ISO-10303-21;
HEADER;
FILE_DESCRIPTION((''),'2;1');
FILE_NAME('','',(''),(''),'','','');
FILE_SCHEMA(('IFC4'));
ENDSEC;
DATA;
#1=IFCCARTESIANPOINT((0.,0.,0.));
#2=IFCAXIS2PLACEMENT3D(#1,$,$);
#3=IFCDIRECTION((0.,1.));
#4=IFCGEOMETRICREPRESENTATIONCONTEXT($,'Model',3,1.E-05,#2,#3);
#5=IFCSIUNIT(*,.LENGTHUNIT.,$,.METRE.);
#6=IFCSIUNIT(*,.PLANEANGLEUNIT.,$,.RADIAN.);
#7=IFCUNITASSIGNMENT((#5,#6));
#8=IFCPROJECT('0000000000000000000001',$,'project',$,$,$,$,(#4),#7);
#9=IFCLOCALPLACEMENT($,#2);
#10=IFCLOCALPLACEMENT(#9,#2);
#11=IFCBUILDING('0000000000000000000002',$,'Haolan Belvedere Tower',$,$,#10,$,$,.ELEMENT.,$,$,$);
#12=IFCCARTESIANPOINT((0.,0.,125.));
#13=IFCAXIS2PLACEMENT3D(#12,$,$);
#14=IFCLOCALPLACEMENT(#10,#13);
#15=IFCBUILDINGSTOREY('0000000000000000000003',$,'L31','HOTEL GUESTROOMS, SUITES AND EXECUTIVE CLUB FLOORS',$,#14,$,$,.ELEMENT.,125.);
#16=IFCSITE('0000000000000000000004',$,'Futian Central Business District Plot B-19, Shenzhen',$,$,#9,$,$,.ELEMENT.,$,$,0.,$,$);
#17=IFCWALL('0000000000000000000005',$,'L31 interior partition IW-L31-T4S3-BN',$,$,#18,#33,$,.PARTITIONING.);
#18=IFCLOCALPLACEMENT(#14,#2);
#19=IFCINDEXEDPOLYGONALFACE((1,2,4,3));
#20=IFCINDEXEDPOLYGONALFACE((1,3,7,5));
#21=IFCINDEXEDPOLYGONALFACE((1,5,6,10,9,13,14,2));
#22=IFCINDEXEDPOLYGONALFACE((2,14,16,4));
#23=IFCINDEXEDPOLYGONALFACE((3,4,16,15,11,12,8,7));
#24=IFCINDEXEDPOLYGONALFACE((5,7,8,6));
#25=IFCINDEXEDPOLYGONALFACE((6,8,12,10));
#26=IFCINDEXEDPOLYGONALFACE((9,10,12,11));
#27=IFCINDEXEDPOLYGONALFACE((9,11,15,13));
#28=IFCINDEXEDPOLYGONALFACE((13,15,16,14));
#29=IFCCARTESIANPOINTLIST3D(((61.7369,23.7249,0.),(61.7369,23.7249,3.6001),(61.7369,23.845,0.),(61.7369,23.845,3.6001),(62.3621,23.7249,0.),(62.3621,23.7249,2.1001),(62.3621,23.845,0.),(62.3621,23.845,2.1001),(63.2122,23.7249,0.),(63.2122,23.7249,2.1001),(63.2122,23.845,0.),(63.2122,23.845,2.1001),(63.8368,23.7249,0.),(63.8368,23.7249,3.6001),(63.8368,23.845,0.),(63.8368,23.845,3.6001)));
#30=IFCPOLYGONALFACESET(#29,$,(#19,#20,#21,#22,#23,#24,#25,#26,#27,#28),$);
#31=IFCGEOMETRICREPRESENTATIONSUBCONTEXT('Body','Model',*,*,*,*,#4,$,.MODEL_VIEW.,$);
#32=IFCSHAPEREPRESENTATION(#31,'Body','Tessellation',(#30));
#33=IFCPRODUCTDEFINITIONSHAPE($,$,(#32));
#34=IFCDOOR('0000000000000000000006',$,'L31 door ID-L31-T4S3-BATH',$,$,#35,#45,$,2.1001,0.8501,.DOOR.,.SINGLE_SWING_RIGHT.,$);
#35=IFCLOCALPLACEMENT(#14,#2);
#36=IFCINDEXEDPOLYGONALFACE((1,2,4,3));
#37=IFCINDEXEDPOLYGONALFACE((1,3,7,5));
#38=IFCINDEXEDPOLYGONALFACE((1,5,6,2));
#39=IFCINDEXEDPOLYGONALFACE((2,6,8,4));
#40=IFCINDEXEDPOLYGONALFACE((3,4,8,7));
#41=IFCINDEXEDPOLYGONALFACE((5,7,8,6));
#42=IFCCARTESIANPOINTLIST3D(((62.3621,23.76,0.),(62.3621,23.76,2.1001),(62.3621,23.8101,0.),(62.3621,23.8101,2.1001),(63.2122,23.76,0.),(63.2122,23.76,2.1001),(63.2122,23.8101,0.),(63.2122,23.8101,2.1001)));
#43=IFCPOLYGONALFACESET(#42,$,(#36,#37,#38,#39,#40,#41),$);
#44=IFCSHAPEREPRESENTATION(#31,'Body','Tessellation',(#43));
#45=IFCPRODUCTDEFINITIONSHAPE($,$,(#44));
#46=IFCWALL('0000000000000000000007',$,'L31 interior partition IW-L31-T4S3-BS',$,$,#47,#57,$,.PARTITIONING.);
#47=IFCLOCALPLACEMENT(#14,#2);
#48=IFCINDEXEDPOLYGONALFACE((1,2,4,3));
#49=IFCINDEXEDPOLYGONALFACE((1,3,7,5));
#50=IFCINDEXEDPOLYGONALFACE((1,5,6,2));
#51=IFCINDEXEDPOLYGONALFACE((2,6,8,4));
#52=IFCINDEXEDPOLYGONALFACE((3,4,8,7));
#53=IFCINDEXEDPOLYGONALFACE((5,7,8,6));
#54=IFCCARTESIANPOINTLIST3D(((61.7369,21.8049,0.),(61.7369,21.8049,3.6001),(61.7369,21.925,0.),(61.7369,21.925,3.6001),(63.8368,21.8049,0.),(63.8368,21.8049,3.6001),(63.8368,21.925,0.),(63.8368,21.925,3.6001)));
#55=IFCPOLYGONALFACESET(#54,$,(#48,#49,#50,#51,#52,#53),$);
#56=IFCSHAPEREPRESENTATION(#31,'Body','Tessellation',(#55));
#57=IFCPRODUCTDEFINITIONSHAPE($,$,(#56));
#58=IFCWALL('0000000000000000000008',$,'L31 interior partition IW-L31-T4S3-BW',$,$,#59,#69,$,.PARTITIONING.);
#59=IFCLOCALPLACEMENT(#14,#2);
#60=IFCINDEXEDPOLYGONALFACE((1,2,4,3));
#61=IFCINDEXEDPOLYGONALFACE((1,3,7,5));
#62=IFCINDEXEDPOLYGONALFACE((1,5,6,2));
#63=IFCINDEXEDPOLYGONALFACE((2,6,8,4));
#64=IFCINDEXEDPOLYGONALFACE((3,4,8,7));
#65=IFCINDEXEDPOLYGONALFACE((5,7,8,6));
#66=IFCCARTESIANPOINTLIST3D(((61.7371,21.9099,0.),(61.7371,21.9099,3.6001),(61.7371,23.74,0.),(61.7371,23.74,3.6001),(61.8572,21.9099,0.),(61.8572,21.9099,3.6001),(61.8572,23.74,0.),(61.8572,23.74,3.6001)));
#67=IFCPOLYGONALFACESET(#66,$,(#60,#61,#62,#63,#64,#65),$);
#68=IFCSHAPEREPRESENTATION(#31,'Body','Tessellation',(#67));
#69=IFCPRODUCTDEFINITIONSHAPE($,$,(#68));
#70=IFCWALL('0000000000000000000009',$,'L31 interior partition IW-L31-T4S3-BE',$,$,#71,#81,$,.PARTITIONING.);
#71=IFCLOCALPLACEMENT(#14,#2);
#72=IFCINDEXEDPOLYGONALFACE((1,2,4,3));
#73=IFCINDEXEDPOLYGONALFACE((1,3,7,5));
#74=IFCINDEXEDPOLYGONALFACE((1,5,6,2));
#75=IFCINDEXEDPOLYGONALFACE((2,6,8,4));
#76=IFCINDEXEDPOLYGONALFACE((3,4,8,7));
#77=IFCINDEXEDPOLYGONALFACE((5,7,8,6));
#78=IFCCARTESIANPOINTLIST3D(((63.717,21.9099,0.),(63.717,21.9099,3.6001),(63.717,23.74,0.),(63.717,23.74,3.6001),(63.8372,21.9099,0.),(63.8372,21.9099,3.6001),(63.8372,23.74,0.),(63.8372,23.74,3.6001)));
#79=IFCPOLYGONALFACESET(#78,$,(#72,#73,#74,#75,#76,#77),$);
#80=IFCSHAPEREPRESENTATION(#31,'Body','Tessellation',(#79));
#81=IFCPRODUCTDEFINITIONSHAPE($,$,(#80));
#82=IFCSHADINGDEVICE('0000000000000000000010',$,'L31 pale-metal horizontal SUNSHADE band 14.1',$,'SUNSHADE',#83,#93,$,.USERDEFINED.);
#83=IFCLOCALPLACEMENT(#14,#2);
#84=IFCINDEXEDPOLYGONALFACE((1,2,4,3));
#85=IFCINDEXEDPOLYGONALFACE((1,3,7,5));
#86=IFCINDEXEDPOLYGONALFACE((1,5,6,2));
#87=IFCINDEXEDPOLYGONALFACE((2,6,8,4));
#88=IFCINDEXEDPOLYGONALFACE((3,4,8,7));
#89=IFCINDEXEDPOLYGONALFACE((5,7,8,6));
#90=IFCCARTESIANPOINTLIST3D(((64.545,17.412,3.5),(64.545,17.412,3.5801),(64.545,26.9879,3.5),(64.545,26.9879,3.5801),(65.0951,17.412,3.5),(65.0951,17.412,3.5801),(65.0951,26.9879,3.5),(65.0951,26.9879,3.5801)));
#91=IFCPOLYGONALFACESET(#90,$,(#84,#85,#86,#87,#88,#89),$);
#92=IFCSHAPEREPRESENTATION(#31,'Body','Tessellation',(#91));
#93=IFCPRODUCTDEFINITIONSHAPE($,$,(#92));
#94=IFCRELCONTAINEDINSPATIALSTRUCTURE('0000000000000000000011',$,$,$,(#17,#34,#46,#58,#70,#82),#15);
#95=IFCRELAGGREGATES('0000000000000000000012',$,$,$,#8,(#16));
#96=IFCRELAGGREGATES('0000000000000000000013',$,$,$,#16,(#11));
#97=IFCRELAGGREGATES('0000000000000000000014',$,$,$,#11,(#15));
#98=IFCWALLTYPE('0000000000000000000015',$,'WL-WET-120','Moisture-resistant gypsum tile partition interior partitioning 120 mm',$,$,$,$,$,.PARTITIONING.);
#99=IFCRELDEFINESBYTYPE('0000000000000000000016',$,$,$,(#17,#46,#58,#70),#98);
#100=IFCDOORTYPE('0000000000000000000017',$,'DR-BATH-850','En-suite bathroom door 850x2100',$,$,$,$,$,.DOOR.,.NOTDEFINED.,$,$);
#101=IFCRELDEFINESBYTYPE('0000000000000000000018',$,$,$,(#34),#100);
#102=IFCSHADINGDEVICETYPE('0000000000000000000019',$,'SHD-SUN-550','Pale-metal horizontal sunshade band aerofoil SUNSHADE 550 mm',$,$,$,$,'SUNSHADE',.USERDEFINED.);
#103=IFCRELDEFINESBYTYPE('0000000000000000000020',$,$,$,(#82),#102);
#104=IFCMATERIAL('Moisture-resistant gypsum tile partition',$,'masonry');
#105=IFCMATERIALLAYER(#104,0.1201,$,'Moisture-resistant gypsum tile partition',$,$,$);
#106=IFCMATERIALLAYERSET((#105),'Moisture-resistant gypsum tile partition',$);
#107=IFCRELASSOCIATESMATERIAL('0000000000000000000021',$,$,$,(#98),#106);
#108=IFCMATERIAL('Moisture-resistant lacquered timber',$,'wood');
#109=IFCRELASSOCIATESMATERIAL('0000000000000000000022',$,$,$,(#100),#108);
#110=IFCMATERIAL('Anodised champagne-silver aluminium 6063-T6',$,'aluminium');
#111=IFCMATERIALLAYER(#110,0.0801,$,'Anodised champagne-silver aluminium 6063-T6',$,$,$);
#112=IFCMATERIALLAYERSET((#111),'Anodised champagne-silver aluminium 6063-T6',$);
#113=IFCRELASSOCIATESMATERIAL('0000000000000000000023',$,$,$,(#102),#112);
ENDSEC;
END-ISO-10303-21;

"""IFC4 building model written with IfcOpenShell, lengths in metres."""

from ifc_helpers import new_model, si_unit, direction, frame, frame_2d, origin, origin_2d, place, context, subcontext, project, spatial, rectangle, extrude, material, layer, layer_set, type_object, element, fill, save


model = new_model("IFC4")

# Units and contexts
model_context = context("Model", 3, precision=1e-05, world=origin(), true_north=direction((0.0, 1.0)))
body_context = subcontext(model_context, "Body", "Model", "MODEL_VIEW")
ifc_project = project(units=[si_unit("LENGTHUNIT", "METRE"), si_unit("PLANEANGLEUNIT", "RADIAN")], contexts=[model_context])

# Site, building, storey
site_placement = place(None, origin())
site = spatial("IfcSite", under=ifc_project, at=site_placement, Name="Futian Central Business District Plot B-19, Shenzhen", CompositionType="ELEMENT", RefElevation=0.0)
building_placement = place(site_placement, origin())
building = spatial("IfcBuilding", under=site, at=building_placement, Name="Haolan Belvedere Tower", CompositionType="ELEMENT")
storey_placement = place(building_placement, frame((0.0, 0.0, 125.0)))
storey = spatial("IfcBuildingStorey", under=building, at=storey_placement, Name="L31", Description="HOTEL GUESTROOMS, SUITES AND EXECUTIVE CLUB FLOORS", CompositionType="ELEMENT", Elevation=125.0)

# Shared definitions
ifc_material_1 = material(Name="Moisture-resistant gypsum tile partition", Category="masonry")
ifc_layer_1 = layer(ifc_material_1, 0.1201, Name="Moisture-resistant gypsum tile partition")
ifc_layer_set_1 = layer_set([ifc_layer_1], Name="Moisture-resistant gypsum tile partition")
wall_type_1 = type_object("IfcWallType", Name="WL-WET-120", Description="Moisture-resistant gypsum tile partition interior partitioning 120 mm", PredefinedType="PARTITIONING", material=ifc_layer_set_1)

# Shared definitions
ifc_material_2 = material(Name="Moisture-resistant lacquered timber", Category="wood")
door_type = type_object("IfcDoorType", Name="DR-BATH-850", Description="En-suite bathroom door 850x2100", OperationType="NOTDEFINED", PredefinedType="DOOR", material=ifc_material_2)

# Wall, opening, door
wall_1_placement = place(storey_placement, frame((61.7371, 23.7849, 0.0), z_axis=(0.0, 0.0, 1.0), x_axis=(1.0, 0.0, 0.0)))
wall_1 = element("IfcWall", 1, at=wall_1_placement, inside=storey, type_object=wall_type_1, Name="L31 interior partition IW-L31-T4S3-BN", PredefinedType="PARTITIONING", context=body_context, shape_type="SweptSolid", body=[
    extrude(rectangle(XDim=2.0999, YDim=0.1201, at=frame_2d((1.0498, 0.0))), origin(), (0.0, 0.0, 1.0), 3.6001),
])
opening_1_placement = place(wall_1_placement, frame((1.4751, 0.0, 0.0), z_axis=(0.0, 0.0, 1.0), x_axis=(-1.0, 0.0, 0.0)))
opening_1 = element("IfcOpeningElement", 2, at=opening_1_placement, cuts=wall_1, PredefinedType="OPENING", context=body_context, shape_type="SweptSolid", body=[
    extrude(rectangle(XDim=0.8501, YDim=2.1001, at=frame_2d((0.425, 1.05))), frame((0.0, 0.0701, 0.0), z_axis=(0.0, -1.0, 0.0), x_axis=(1.0, 0.0, 0.0)), (0.0, 0.0, 1.0), 0.1401),
])
door_1_placement = place(opening_1_placement, origin())
door_1 = element("IfcDoor", 3, at=door_1_placement, inside=storey, type_object=door_type, Name="L31 door ID-L31-T4S3-BATH", OperationType="SINGLE_SWING_RIGHT", OverallHeight=2.1001, OverallWidth=0.8501, PredefinedType="DOOR", context=body_context, shape_type="SweptSolid", body=[
    extrude(rectangle(XDim=0.8501, YDim=2.1001, at=frame_2d((0.425, 1.05))), frame((0.0, 0.0249, 0.0), z_axis=(0.0, -1.0, 0.0), x_axis=(1.0, 0.0, 0.0)), (0.0, 0.0, 1.0), 0.05),
])
fill(opening_1, door_1)

# Walls
wall_2_placement = place(storey_placement, frame((61.7371, 21.865, 0.0), z_axis=(0.0, 0.0, 1.0), x_axis=(1.0, 0.0, 0.0)))
element("IfcWall", 4, at=wall_2_placement, inside=storey, type_object=wall_type_1, Name="L31 interior partition IW-L31-T4S3-BS", PredefinedType="PARTITIONING", context=body_context, shape_type="SweptSolid", body=[
    extrude(rectangle(XDim=2.0999, YDim=0.1201, at=frame_2d((1.0498, 0.0))), origin(), (0.0, 0.0, 1.0), 3.6001),
])
for number, where, z_axis, x_axis, name in (
    (5, (61.7971, 21.9099, 0.0), (0.0, 0.0, 1.0), (0.0, 1.0, 0.0), "L31 interior partition IW-L31-T4S3-BW"),
    (6, (63.7771, 21.9099, 0.0), (0.0, 0.0, 1.0), (0.0, 1.0, 0.0), "L31 interior partition IW-L31-T4S3-BE"),
):
    element("IfcWall", number, at=place(storey_placement, frame(where, z_axis=z_axis, x_axis=x_axis)), inside=storey, type_object=wall_type_1, Name=name, PredefinedType="PARTITIONING", context=body_context, shape_type="SweptSolid", body=[
        extrude(rectangle(XDim=1.8301, YDim=0.1201, at=frame_2d((0.915, 0.0))), origin(), (0.0, 0.0, 1.0), 3.6001),
    ])

# Shading device
ifc_material_3 = material(Name="Anodised champagne-silver aluminium 6063-T6", Category="aluminium")
ifc_layer_2 = layer(ifc_material_3, 0.0801, Name="Anodised champagne-silver aluminium 6063-T6")
ifc_layer_set_2 = layer_set([ifc_layer_2], Name="Anodised champagne-silver aluminium 6063-T6")
shading_device_type = type_object("IfcShadingDeviceType", Name="SHD-SUN-550", Description="Pale-metal horizontal sunshade band aerofoil SUNSHADE 550 mm", ElementType="SUNSHADE", PredefinedType="USERDEFINED", material=ifc_layer_set_2)
shading_device_placement = place(storey_placement, frame((64.8201, 22.2, 3.5), z_axis=(0.0, 0.0, 1.0), x_axis=(0.0, 1.0, 0.0)))
element("IfcShadingDevice", 7, at=shading_device_placement, inside=storey, type_object=shading_device_type, Name="L31 pale-metal horizontal SUNSHADE band 14.1", ObjectType="SUNSHADE", PredefinedType="USERDEFINED", context=body_context, shape_type="SweptSolid", body=[
    extrude(rectangle(XDim=9.5759, YDim=0.55, at=origin_2d()), origin(), (0.0, 0.0, 1.0), 0.0801),
])

save(model, "model.ifc")
